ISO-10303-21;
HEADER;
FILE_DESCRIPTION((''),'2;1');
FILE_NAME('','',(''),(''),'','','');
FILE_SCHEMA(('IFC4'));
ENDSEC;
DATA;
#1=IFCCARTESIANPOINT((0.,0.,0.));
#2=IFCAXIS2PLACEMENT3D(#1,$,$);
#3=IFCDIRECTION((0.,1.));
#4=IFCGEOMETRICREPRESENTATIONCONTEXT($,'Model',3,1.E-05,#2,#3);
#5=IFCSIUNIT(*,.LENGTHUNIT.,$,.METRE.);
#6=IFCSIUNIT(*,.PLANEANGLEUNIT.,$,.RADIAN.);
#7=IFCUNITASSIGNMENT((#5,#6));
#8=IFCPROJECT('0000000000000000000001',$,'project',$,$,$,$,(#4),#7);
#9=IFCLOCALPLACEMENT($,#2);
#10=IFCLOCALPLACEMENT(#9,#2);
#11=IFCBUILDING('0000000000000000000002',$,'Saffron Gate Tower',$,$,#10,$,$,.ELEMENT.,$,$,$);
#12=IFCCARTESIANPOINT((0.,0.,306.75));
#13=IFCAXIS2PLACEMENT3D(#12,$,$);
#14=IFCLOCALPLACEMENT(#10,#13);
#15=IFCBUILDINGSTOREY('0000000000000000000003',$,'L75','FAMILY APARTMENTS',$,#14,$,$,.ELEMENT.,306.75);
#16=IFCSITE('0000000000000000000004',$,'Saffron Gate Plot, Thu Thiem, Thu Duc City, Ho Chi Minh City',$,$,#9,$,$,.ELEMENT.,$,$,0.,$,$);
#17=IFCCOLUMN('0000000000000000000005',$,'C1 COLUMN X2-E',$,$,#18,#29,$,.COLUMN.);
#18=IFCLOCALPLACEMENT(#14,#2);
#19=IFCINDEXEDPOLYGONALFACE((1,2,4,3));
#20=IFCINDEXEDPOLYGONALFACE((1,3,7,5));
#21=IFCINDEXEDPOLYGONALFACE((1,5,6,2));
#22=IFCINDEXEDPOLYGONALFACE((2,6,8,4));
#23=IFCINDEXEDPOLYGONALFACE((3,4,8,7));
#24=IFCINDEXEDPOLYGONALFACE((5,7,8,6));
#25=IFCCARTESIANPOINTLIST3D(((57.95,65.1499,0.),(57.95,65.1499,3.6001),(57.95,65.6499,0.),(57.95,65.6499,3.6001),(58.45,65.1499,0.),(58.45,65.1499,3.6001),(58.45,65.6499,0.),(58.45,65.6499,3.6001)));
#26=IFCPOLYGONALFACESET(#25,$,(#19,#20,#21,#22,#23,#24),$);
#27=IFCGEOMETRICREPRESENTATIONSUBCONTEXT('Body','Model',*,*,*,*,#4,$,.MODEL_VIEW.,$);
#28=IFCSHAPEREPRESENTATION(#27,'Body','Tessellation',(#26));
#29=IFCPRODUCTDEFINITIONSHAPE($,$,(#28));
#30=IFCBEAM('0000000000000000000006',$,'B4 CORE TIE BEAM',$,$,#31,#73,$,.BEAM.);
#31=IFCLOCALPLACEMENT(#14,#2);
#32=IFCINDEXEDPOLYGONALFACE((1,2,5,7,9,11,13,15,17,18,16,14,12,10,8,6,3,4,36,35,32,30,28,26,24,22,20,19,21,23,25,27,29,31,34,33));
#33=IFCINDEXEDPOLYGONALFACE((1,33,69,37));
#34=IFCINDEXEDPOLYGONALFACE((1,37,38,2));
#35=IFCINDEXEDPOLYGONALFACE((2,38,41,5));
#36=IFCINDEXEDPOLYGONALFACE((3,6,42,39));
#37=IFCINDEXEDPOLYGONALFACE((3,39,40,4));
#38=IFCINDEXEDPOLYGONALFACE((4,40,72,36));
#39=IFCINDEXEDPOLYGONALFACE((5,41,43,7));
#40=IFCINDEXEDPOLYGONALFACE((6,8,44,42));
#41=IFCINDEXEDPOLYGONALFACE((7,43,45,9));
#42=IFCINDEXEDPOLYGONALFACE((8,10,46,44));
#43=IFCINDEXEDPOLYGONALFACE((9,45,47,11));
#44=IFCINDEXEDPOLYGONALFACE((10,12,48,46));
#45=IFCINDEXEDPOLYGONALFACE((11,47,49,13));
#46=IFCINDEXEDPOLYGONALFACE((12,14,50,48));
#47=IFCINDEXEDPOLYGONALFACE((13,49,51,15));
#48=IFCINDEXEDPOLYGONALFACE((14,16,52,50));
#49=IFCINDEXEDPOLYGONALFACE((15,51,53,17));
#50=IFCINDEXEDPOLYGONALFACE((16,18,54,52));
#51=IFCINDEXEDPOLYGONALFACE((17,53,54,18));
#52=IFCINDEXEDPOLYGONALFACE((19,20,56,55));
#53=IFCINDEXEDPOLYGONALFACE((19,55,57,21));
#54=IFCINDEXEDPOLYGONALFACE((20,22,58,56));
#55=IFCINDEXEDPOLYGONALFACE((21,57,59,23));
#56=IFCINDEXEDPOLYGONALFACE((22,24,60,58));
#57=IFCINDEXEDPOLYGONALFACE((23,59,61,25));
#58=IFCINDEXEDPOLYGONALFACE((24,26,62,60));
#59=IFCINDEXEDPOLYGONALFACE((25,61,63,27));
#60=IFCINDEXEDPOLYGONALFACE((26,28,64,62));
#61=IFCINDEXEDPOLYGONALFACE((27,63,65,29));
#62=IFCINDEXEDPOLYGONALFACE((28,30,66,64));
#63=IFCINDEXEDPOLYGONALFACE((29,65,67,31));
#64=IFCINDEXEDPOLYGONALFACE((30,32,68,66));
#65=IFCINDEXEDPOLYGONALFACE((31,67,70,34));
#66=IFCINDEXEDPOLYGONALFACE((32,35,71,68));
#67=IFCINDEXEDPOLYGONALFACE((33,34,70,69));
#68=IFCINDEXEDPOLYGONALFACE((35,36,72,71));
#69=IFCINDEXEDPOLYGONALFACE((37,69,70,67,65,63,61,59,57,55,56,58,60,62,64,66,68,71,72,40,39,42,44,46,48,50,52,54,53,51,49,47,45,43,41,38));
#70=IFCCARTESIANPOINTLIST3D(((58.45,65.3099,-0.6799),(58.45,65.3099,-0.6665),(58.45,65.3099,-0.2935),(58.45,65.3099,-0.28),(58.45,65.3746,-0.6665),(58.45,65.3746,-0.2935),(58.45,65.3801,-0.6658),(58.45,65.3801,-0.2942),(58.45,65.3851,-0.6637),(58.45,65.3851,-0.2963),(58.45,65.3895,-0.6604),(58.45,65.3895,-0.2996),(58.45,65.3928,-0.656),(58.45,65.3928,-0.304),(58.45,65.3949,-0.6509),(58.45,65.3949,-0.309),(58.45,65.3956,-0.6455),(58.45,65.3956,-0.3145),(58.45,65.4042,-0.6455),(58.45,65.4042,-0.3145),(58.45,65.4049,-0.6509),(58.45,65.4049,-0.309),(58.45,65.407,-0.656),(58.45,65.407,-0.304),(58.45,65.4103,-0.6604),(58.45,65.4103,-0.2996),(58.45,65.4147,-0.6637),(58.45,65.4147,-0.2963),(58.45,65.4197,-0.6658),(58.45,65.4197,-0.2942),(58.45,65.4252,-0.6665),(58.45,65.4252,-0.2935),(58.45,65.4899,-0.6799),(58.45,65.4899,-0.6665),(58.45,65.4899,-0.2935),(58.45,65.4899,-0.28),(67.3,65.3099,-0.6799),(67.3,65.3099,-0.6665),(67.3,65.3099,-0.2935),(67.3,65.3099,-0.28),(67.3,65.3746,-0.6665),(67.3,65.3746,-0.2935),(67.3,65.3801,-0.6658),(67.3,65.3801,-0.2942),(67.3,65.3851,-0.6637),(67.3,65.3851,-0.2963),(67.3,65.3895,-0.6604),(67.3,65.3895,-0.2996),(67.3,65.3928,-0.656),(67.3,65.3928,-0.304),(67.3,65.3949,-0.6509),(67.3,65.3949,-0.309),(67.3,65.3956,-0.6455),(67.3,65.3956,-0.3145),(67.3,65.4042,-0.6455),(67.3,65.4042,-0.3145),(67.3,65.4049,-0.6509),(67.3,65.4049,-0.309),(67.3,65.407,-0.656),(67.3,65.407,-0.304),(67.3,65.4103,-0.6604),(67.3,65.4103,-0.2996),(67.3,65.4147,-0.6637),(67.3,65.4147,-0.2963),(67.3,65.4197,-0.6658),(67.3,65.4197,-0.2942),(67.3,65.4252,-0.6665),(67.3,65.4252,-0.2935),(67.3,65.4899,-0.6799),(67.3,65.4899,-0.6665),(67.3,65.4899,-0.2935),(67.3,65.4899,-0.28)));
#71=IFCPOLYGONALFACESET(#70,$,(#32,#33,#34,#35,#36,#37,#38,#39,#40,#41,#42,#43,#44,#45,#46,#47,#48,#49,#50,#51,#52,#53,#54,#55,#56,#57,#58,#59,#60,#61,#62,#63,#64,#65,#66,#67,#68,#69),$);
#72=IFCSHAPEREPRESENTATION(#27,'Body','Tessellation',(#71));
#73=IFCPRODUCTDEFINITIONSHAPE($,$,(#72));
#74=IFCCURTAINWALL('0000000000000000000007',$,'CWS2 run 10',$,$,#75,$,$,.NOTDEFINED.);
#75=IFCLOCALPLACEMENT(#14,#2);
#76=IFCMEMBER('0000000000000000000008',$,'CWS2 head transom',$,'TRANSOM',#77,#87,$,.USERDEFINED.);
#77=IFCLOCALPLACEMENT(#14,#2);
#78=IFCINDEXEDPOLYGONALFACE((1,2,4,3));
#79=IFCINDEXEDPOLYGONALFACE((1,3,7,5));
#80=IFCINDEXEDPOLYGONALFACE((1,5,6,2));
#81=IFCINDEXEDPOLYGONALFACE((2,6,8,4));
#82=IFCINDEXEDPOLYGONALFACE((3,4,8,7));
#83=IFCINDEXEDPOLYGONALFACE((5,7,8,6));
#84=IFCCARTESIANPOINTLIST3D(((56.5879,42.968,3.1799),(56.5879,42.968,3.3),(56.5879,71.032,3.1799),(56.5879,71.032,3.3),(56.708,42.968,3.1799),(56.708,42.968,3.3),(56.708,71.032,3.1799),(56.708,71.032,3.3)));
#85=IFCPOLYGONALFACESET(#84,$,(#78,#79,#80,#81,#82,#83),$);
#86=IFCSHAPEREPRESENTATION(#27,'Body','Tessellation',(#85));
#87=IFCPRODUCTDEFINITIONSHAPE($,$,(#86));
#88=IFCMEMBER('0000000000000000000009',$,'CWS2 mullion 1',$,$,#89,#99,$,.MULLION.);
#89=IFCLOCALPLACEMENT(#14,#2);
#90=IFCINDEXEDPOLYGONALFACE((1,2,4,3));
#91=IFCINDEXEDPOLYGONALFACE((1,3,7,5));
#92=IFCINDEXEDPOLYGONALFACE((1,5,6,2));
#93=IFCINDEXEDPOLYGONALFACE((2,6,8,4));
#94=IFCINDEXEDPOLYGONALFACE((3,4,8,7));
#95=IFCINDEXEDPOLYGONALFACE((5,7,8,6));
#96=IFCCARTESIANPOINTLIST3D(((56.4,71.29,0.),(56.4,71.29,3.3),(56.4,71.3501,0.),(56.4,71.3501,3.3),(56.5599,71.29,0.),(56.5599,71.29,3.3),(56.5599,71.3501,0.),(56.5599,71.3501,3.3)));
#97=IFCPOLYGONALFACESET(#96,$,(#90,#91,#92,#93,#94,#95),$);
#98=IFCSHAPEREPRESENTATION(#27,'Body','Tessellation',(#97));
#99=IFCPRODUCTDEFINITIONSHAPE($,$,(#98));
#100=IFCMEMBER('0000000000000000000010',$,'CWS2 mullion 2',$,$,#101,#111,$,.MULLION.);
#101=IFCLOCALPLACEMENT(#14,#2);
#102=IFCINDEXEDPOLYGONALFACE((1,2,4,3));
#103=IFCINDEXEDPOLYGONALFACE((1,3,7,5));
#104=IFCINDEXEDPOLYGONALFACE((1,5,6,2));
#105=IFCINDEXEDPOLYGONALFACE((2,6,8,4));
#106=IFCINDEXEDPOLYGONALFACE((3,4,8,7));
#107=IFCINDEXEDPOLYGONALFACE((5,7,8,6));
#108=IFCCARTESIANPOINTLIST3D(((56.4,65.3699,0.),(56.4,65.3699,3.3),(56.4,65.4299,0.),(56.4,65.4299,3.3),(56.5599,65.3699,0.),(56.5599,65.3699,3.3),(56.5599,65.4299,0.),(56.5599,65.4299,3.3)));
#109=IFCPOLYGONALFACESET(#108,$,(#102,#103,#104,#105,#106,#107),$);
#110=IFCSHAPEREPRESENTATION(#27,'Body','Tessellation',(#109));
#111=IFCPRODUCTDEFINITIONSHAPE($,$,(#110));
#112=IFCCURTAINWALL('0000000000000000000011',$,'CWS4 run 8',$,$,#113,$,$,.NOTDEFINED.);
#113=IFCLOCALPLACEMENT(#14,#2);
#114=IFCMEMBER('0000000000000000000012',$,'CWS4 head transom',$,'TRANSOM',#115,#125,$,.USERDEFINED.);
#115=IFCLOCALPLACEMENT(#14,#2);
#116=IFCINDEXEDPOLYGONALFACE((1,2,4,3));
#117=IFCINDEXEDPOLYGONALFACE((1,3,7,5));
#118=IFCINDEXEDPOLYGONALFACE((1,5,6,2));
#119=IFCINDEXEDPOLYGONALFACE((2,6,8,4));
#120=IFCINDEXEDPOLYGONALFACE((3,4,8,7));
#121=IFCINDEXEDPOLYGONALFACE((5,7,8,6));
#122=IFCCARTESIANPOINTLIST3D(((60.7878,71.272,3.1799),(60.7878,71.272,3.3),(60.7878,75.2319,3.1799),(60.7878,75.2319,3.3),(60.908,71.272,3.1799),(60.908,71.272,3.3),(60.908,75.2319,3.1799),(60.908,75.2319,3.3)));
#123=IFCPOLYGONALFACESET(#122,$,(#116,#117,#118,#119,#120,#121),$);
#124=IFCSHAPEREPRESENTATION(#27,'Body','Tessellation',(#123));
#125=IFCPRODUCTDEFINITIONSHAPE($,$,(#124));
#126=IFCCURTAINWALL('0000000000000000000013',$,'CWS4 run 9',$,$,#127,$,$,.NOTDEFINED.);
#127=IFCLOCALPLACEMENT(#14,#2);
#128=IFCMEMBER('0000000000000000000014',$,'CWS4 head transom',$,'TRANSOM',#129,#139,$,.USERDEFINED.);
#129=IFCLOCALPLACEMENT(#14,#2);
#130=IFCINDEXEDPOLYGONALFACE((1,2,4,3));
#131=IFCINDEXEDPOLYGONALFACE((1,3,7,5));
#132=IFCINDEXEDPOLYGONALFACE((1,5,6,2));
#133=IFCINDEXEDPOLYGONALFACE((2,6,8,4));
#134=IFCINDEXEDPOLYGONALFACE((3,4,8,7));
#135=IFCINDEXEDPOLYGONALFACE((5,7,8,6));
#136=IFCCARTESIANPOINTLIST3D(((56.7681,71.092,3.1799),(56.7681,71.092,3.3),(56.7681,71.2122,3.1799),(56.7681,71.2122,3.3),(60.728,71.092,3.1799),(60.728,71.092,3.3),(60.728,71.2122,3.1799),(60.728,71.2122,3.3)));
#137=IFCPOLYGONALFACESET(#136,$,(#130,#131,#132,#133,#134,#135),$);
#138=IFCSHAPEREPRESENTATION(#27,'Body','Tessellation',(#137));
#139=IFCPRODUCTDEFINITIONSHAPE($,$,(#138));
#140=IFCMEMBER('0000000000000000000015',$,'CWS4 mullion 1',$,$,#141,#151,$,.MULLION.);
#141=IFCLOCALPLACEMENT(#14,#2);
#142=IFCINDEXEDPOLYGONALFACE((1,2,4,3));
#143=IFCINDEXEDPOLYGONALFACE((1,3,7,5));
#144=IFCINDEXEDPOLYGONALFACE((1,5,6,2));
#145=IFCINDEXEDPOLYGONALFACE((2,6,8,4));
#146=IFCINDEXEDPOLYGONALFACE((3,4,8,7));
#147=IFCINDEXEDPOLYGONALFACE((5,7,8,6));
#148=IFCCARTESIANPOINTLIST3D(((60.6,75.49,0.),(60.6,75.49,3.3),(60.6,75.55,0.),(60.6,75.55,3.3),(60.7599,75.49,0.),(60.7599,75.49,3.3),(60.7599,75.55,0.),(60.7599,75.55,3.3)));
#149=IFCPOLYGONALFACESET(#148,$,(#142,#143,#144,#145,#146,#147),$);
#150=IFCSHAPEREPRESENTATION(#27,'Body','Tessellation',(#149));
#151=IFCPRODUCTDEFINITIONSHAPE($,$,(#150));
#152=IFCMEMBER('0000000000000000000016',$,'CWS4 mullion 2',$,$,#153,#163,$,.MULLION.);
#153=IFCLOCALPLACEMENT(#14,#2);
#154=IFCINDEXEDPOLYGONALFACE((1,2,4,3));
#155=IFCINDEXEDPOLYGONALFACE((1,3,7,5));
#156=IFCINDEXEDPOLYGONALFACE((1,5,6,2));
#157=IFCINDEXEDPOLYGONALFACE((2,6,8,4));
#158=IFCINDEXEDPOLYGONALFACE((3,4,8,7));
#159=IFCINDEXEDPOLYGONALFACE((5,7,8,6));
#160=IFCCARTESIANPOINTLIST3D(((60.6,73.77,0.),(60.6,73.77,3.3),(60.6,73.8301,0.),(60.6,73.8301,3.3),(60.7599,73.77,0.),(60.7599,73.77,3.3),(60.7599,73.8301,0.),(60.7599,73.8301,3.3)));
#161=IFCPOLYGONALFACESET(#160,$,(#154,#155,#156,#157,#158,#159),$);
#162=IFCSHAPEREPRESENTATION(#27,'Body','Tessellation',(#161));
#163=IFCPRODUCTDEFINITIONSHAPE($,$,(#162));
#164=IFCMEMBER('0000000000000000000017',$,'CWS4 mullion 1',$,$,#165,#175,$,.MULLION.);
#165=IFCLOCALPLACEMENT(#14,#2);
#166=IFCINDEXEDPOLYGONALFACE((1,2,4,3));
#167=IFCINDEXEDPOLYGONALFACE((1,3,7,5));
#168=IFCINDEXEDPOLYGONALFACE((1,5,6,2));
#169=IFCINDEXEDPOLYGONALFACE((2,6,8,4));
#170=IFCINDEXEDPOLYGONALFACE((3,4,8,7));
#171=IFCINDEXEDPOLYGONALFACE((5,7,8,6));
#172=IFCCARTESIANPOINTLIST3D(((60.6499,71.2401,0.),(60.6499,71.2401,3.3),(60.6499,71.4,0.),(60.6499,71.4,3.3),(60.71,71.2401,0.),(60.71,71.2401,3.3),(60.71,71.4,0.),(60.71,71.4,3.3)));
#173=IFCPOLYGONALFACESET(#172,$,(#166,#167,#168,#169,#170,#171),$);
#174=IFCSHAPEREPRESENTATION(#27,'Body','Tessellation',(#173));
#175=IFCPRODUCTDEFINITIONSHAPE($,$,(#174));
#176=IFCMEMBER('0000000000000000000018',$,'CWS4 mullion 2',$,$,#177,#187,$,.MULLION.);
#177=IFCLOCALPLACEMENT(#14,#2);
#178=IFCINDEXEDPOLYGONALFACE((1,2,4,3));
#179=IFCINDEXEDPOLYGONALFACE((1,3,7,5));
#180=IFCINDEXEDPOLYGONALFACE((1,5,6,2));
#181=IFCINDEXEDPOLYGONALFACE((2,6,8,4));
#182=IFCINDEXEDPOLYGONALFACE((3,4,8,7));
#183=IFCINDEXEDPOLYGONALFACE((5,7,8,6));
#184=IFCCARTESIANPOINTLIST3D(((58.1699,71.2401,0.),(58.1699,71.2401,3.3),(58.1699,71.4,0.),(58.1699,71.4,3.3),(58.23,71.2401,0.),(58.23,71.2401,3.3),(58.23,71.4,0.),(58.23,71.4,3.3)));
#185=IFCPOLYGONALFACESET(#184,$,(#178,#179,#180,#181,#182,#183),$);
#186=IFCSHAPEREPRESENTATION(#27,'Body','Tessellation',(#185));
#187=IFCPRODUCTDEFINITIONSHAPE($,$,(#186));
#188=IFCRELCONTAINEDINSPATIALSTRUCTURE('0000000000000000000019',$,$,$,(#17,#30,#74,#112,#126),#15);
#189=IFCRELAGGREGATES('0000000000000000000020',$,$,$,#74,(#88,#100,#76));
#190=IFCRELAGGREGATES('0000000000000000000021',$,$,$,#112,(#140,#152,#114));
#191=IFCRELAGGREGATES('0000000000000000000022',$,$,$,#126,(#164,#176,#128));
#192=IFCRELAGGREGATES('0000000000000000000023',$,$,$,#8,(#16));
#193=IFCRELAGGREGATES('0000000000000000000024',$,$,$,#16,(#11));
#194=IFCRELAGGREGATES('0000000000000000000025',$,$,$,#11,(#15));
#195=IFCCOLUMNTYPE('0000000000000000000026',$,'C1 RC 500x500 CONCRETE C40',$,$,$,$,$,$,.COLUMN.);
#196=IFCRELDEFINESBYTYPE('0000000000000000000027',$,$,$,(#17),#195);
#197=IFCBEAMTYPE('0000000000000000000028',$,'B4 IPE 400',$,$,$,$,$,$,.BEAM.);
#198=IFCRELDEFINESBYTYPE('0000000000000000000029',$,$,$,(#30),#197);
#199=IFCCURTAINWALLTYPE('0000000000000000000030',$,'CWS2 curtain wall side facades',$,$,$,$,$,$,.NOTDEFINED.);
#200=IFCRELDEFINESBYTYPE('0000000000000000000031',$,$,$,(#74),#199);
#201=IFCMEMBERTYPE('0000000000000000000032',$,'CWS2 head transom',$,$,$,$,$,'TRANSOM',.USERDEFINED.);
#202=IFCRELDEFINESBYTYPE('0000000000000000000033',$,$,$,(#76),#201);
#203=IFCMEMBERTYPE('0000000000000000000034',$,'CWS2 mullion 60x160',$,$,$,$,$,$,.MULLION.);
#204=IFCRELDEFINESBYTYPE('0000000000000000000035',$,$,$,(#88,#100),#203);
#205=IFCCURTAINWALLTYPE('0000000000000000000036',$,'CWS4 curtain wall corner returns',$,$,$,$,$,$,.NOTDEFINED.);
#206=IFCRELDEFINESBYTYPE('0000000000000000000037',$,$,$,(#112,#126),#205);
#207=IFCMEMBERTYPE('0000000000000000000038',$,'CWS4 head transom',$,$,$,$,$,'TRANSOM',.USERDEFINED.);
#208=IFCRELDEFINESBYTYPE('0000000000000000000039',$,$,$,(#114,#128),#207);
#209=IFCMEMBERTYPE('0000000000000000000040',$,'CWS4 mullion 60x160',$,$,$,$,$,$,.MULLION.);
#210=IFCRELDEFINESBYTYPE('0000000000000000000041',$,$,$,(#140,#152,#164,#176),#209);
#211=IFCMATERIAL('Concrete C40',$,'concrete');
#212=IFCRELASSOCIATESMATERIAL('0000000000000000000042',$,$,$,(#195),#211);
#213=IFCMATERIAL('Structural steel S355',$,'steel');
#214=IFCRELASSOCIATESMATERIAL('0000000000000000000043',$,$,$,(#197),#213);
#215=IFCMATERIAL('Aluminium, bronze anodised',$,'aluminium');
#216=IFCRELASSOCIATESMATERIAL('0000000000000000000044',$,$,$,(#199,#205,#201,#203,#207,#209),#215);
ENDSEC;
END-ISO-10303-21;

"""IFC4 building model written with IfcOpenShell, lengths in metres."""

from ifc_helpers import new_model, si_unit, direction, frame, origin, origin_2d, place, context, subcontext, project, spatial, rectangle, i_section, extrude, material, material_profile, profile_set, type_object, element, aggregate, save


model = new_model("IFC4")

# Units and contexts
model_context = context("Model", 3, precision=1e-05, world=origin(), true_north=direction((0.0, 1.0)))
body_context = subcontext(model_context, "Body", "Model", "MODEL_VIEW")
ifc_project = project(units=[si_unit("LENGTHUNIT", "METRE"), si_unit("PLANEANGLEUNIT", "RADIAN")], contexts=[model_context])

# Site, building, storey
site_placement = place(None, origin())
site = spatial("IfcSite", under=ifc_project, at=site_placement, Name="Saffron Gate Plot, Thu Thiem, Thu Duc City, Ho Chi Minh City", CompositionType="ELEMENT", RefElevation=0.0)
building_placement = place(site_placement, origin())
building = spatial("IfcBuilding", under=site, at=building_placement, Name="Saffron Gate Tower", CompositionType="ELEMENT")
storey_placement = place(building_placement, frame((0.0, 0.0, 306.75)))
storey = spatial("IfcBuildingStorey", under=building, at=storey_placement, Name="L75", Description="FAMILY APARTMENTS", CompositionType="ELEMENT", Elevation=306.75)

# Column
ifc_material_1 = material(Name="Concrete C40", Category="concrete")
ifc_material_profile_1 = material_profile(ifc_material_1, rectangle(XDim=0.5, YDim=0.5, at=origin_2d()))
ifc_profile_set_1 = profile_set([ifc_material_profile_1], Name="Concrete C40")
column_type = type_object("IfcColumnType", Name="C1 RC 500x500 CONCRETE C40", PredefinedType="COLUMN", material=ifc_profile_set_1)
column_placement = place(storey_placement, frame((58.2, 65.3999, 0.0), z_axis=(0.0, 0.0, 1.0), x_axis=(1.0, 0.0, 0.0)))
element("IfcColumn", 1, at=column_placement, inside=storey, type_object=column_type, Name="C1 COLUMN X2-E", PredefinedType="COLUMN", context=body_context, shape_type="SweptSolid", body=[
    extrude(rectangle(XDim=0.5, YDim=0.5, at=origin_2d()), origin(), (0.0, 0.0, 1.0), 3.6001),
])

# Beam
ifc_material_2 = material(Name="Structural steel S355", Category="steel")
ifc_material_profile_2 = material_profile(ifc_material_2, i_section(OverallWidth=0.1799, OverallDepth=0.3999, WebThickness=0.0085, FlangeThickness=0.0134, FilletRadius=0.021, at=origin_2d()))
ifc_profile_set_2 = profile_set([ifc_material_profile_2], Name="Structural steel S355")
beam_type = type_object("IfcBeamType", Name="B4 IPE 400", PredefinedType="BEAM", material=ifc_profile_set_2)
beam_placement = place(storey_placement, frame((58.45, 65.3999, -0.48), z_axis=(1.0, 0.0, 0.0), x_axis=(0.0, 1.0, 0.0)))
element("IfcBeam", 2, at=beam_placement, inside=storey, type_object=beam_type, Name="B4 CORE TIE BEAM", PredefinedType="BEAM", context=body_context, shape_type="SweptSolid", body=[
    extrude(i_section(OverallWidth=0.1799, OverallDepth=0.3999, WebThickness=0.0085, FlangeThickness=0.0134, FilletRadius=0.021, at=origin_2d()), origin(), (0.0, 0.0, 1.0), 8.8501),
])

# Curtain wall, members
ifc_material_3 = material(Name="Aluminium, bronze anodised", Category="aluminium")
curtain_wall_type_1 = type_object("IfcCurtainWallType", Name="CWS2 curtain wall side facades", PredefinedType="NOTDEFINED", material=ifc_material_3)
curtain_wall_1_placement = place(storey_placement, origin())
curtain_wall_1 = element("IfcCurtainWall", 3, at=curtain_wall_1_placement, inside=storey, type_object=curtain_wall_type_1, Name="CWS2 run 10", PredefinedType="NOTDEFINED")
ifc_material_profile_3 = material_profile(ifc_material_3, rectangle(XDim=0.1201, YDim=0.1201, at=origin_2d()))
ifc_profile_set_3 = profile_set([ifc_material_profile_3], Name="Aluminium, bronze anodised")
member_type_1 = type_object("IfcMemberType", Name="CWS2 head transom", ElementType="TRANSOM", PredefinedType="USERDEFINED", material=ifc_profile_set_3)
member_1_placement = place(storey_placement, frame((56.6479, 71.032, 3.24), z_axis=(0.0, -1.0, 0.0), x_axis=(1.0, 0.0, 0.0)))
member_1 = element("IfcMember", 4, at=member_1_placement, type_object=member_type_1, Name="CWS2 head transom", ObjectType="TRANSOM", PredefinedType="USERDEFINED", context=body_context, shape_type="SweptSolid", body=[
    extrude(rectangle(XDim=0.1201, YDim=0.1201, at=origin_2d()), origin(), (0.0, 0.0, 1.0), 28.064),
])
ifc_material_profile_4 = material_profile(ifc_material_3, rectangle(XDim=0.1599, YDim=0.0601, at=origin_2d()))
ifc_profile_set_4 = profile_set([ifc_material_profile_4], Name="Aluminium, bronze anodised")
member_type_2 = type_object("IfcMemberType", Name="CWS2 mullion 60x160", PredefinedType="MULLION", material=ifc_profile_set_4)
member_2_placement = place(storey_placement, frame((56.48, 71.3201, 0.0), z_axis=(0.0, 0.0, 1.0), x_axis=(1.0, 0.0, 0.0)))
member_2 = element("IfcMember", 5, at=member_2_placement, type_object=member_type_2, Name="CWS2 mullion 1", PredefinedType="MULLION", context=body_context, shape_type="SweptSolid", body=[
    extrude(rectangle(XDim=0.1599, YDim=0.0601, at=origin_2d()), origin(), (0.0, 0.0, 1.0), 3.3),
])
member_3_placement = place(storey_placement, frame((56.48, 65.3999, 0.0), z_axis=(0.0, 0.0, 1.0), x_axis=(1.0, 0.0, 0.0)))
member_3 = element("IfcMember", 6, at=member_3_placement, type_object=member_type_2, Name="CWS2 mullion 2", PredefinedType="MULLION", context=body_context, shape_type="SweptSolid", body=[
    extrude(rectangle(XDim=0.1599, YDim=0.0601, at=origin_2d()), origin(), (0.0, 0.0, 1.0), 3.3),
])

# Curtain walls, members
curtain_wall_type_2 = type_object("IfcCurtainWallType", Name="CWS4 curtain wall corner returns", PredefinedType="NOTDEFINED", material=ifc_material_3)
curtain_wall_2_placement = place(storey_placement, origin())
curtain_wall_2 = element("IfcCurtainWall", 7, at=curtain_wall_2_placement, inside=storey, type_object=curtain_wall_type_2, Name="CWS4 run 8", PredefinedType="NOTDEFINED")
ifc_material_profile_5 = material_profile(ifc_material_3, rectangle(XDim=0.1201, YDim=0.1201, at=origin_2d()))
ifc_profile_set_5 = profile_set([ifc_material_profile_5], Name="Aluminium, bronze anodised")
member_type_3 = type_object("IfcMemberType", Name="CWS4 head transom", ElementType="TRANSOM", PredefinedType="USERDEFINED", material=ifc_profile_set_5)
member_4_placement = place(storey_placement, frame((60.8479, 75.2319, 3.24), z_axis=(0.0, -1.0, 0.0), x_axis=(1.0, 0.0, 0.0)))
member_4 = element("IfcMember", 8, at=member_4_placement, type_object=member_type_3, Name="CWS4 head transom", ObjectType="TRANSOM", PredefinedType="USERDEFINED", context=body_context, shape_type="SweptSolid", body=[
    extrude(rectangle(XDim=0.1201, YDim=0.1201, at=origin_2d()), origin(), (0.0, 0.0, 1.0), 3.96),
])
curtain_wall_3_placement = place(storey_placement, origin())
curtain_wall_3 = element("IfcCurtainWall", 9, at=curtain_wall_3_placement, inside=storey, type_object=curtain_wall_type_2, Name="CWS4 run 9", PredefinedType="NOTDEFINED")
member_5_placement = place(storey_placement, frame((60.728, 71.1521, 3.24), z_axis=(-1.0, 0.0, 0.0), x_axis=(0.0, -1.0, 0.0)))
member_5 = element("IfcMember", 10, at=member_5_placement, type_object=member_type_3, Name="CWS4 head transom", ObjectType="TRANSOM", PredefinedType="USERDEFINED", context=body_context, shape_type="SweptSolid", body=[
    extrude(rectangle(XDim=0.1201, YDim=0.1201, at=origin_2d()), origin(), (0.0, 0.0, 1.0), 3.96),
])

# Members
ifc_material_profile_6 = material_profile(ifc_material_3, rectangle(XDim=0.1599, YDim=0.0601, at=origin_2d()))
ifc_profile_set_6 = profile_set([ifc_material_profile_6], Name="Aluminium, bronze anodised")
member_type_4 = type_object("IfcMemberType", Name="CWS4 mullion 60x160", PredefinedType="MULLION", material=ifc_profile_set_6)
member_6_placement = place(storey_placement, frame((60.6799, 75.52, 0.0), z_axis=(0.0, 0.0, 1.0), x_axis=(1.0, 0.0, 0.0)))
member_6 = element("IfcMember", 11, at=member_6_placement, type_object=member_type_4, Name="CWS4 mullion 1", PredefinedType="MULLION", context=body_context, shape_type="SweptSolid", body=[
    extrude(rectangle(XDim=0.1599, YDim=0.0601, at=origin_2d()), origin(), (0.0, 0.0, 1.0), 3.3),
])
member_7_placement = place(storey_placement, frame((60.6799, 73.8, 0.0), z_axis=(0.0, 0.0, 1.0), x_axis=(1.0, 0.0, 0.0)))
member_7 = element("IfcMember", 12, at=member_7_placement, type_object=member_type_4, Name="CWS4 mullion 2", PredefinedType="MULLION", context=body_context, shape_type="SweptSolid", body=[
    extrude(rectangle(XDim=0.1599, YDim=0.0601, at=origin_2d()), origin(), (0.0, 0.0, 1.0), 3.3),
])
member_8_placement = place(storey_placement, frame((60.6799, 71.3201, 0.0), z_axis=(0.0, 0.0, 1.0), x_axis=(0.0, -1.0, 0.0)))
member_8 = element("IfcMember", 13, at=member_8_placement, type_object=member_type_4, Name="CWS4 mullion 1", PredefinedType="MULLION", context=body_context, shape_type="SweptSolid", body=[
    extrude(rectangle(XDim=0.1599, YDim=0.0601, at=origin_2d()), origin(), (0.0, 0.0, 1.0), 3.3),
])
member_9_placement = place(storey_placement, frame((58.2, 71.3201, 0.0), z_axis=(0.0, 0.0, 1.0), x_axis=(0.0, -1.0, 0.0)))
member_9 = element("IfcMember", 14, at=member_9_placement, type_object=member_type_4, Name="CWS4 mullion 2", PredefinedType="MULLION", context=body_context, shape_type="SweptSolid", body=[
    extrude(rectangle(XDim=0.1599, YDim=0.0601, at=origin_2d()), origin(), (0.0, 0.0, 1.0), 3.3),
])

aggregate(curtain_wall_1, [member_2, member_3, member_1])

aggregate(curtain_wall_2, [member_6, member_7, member_4])
aggregate(curtain_wall_3, [member_8, member_9, member_5])

save(model, "model.ifc")
